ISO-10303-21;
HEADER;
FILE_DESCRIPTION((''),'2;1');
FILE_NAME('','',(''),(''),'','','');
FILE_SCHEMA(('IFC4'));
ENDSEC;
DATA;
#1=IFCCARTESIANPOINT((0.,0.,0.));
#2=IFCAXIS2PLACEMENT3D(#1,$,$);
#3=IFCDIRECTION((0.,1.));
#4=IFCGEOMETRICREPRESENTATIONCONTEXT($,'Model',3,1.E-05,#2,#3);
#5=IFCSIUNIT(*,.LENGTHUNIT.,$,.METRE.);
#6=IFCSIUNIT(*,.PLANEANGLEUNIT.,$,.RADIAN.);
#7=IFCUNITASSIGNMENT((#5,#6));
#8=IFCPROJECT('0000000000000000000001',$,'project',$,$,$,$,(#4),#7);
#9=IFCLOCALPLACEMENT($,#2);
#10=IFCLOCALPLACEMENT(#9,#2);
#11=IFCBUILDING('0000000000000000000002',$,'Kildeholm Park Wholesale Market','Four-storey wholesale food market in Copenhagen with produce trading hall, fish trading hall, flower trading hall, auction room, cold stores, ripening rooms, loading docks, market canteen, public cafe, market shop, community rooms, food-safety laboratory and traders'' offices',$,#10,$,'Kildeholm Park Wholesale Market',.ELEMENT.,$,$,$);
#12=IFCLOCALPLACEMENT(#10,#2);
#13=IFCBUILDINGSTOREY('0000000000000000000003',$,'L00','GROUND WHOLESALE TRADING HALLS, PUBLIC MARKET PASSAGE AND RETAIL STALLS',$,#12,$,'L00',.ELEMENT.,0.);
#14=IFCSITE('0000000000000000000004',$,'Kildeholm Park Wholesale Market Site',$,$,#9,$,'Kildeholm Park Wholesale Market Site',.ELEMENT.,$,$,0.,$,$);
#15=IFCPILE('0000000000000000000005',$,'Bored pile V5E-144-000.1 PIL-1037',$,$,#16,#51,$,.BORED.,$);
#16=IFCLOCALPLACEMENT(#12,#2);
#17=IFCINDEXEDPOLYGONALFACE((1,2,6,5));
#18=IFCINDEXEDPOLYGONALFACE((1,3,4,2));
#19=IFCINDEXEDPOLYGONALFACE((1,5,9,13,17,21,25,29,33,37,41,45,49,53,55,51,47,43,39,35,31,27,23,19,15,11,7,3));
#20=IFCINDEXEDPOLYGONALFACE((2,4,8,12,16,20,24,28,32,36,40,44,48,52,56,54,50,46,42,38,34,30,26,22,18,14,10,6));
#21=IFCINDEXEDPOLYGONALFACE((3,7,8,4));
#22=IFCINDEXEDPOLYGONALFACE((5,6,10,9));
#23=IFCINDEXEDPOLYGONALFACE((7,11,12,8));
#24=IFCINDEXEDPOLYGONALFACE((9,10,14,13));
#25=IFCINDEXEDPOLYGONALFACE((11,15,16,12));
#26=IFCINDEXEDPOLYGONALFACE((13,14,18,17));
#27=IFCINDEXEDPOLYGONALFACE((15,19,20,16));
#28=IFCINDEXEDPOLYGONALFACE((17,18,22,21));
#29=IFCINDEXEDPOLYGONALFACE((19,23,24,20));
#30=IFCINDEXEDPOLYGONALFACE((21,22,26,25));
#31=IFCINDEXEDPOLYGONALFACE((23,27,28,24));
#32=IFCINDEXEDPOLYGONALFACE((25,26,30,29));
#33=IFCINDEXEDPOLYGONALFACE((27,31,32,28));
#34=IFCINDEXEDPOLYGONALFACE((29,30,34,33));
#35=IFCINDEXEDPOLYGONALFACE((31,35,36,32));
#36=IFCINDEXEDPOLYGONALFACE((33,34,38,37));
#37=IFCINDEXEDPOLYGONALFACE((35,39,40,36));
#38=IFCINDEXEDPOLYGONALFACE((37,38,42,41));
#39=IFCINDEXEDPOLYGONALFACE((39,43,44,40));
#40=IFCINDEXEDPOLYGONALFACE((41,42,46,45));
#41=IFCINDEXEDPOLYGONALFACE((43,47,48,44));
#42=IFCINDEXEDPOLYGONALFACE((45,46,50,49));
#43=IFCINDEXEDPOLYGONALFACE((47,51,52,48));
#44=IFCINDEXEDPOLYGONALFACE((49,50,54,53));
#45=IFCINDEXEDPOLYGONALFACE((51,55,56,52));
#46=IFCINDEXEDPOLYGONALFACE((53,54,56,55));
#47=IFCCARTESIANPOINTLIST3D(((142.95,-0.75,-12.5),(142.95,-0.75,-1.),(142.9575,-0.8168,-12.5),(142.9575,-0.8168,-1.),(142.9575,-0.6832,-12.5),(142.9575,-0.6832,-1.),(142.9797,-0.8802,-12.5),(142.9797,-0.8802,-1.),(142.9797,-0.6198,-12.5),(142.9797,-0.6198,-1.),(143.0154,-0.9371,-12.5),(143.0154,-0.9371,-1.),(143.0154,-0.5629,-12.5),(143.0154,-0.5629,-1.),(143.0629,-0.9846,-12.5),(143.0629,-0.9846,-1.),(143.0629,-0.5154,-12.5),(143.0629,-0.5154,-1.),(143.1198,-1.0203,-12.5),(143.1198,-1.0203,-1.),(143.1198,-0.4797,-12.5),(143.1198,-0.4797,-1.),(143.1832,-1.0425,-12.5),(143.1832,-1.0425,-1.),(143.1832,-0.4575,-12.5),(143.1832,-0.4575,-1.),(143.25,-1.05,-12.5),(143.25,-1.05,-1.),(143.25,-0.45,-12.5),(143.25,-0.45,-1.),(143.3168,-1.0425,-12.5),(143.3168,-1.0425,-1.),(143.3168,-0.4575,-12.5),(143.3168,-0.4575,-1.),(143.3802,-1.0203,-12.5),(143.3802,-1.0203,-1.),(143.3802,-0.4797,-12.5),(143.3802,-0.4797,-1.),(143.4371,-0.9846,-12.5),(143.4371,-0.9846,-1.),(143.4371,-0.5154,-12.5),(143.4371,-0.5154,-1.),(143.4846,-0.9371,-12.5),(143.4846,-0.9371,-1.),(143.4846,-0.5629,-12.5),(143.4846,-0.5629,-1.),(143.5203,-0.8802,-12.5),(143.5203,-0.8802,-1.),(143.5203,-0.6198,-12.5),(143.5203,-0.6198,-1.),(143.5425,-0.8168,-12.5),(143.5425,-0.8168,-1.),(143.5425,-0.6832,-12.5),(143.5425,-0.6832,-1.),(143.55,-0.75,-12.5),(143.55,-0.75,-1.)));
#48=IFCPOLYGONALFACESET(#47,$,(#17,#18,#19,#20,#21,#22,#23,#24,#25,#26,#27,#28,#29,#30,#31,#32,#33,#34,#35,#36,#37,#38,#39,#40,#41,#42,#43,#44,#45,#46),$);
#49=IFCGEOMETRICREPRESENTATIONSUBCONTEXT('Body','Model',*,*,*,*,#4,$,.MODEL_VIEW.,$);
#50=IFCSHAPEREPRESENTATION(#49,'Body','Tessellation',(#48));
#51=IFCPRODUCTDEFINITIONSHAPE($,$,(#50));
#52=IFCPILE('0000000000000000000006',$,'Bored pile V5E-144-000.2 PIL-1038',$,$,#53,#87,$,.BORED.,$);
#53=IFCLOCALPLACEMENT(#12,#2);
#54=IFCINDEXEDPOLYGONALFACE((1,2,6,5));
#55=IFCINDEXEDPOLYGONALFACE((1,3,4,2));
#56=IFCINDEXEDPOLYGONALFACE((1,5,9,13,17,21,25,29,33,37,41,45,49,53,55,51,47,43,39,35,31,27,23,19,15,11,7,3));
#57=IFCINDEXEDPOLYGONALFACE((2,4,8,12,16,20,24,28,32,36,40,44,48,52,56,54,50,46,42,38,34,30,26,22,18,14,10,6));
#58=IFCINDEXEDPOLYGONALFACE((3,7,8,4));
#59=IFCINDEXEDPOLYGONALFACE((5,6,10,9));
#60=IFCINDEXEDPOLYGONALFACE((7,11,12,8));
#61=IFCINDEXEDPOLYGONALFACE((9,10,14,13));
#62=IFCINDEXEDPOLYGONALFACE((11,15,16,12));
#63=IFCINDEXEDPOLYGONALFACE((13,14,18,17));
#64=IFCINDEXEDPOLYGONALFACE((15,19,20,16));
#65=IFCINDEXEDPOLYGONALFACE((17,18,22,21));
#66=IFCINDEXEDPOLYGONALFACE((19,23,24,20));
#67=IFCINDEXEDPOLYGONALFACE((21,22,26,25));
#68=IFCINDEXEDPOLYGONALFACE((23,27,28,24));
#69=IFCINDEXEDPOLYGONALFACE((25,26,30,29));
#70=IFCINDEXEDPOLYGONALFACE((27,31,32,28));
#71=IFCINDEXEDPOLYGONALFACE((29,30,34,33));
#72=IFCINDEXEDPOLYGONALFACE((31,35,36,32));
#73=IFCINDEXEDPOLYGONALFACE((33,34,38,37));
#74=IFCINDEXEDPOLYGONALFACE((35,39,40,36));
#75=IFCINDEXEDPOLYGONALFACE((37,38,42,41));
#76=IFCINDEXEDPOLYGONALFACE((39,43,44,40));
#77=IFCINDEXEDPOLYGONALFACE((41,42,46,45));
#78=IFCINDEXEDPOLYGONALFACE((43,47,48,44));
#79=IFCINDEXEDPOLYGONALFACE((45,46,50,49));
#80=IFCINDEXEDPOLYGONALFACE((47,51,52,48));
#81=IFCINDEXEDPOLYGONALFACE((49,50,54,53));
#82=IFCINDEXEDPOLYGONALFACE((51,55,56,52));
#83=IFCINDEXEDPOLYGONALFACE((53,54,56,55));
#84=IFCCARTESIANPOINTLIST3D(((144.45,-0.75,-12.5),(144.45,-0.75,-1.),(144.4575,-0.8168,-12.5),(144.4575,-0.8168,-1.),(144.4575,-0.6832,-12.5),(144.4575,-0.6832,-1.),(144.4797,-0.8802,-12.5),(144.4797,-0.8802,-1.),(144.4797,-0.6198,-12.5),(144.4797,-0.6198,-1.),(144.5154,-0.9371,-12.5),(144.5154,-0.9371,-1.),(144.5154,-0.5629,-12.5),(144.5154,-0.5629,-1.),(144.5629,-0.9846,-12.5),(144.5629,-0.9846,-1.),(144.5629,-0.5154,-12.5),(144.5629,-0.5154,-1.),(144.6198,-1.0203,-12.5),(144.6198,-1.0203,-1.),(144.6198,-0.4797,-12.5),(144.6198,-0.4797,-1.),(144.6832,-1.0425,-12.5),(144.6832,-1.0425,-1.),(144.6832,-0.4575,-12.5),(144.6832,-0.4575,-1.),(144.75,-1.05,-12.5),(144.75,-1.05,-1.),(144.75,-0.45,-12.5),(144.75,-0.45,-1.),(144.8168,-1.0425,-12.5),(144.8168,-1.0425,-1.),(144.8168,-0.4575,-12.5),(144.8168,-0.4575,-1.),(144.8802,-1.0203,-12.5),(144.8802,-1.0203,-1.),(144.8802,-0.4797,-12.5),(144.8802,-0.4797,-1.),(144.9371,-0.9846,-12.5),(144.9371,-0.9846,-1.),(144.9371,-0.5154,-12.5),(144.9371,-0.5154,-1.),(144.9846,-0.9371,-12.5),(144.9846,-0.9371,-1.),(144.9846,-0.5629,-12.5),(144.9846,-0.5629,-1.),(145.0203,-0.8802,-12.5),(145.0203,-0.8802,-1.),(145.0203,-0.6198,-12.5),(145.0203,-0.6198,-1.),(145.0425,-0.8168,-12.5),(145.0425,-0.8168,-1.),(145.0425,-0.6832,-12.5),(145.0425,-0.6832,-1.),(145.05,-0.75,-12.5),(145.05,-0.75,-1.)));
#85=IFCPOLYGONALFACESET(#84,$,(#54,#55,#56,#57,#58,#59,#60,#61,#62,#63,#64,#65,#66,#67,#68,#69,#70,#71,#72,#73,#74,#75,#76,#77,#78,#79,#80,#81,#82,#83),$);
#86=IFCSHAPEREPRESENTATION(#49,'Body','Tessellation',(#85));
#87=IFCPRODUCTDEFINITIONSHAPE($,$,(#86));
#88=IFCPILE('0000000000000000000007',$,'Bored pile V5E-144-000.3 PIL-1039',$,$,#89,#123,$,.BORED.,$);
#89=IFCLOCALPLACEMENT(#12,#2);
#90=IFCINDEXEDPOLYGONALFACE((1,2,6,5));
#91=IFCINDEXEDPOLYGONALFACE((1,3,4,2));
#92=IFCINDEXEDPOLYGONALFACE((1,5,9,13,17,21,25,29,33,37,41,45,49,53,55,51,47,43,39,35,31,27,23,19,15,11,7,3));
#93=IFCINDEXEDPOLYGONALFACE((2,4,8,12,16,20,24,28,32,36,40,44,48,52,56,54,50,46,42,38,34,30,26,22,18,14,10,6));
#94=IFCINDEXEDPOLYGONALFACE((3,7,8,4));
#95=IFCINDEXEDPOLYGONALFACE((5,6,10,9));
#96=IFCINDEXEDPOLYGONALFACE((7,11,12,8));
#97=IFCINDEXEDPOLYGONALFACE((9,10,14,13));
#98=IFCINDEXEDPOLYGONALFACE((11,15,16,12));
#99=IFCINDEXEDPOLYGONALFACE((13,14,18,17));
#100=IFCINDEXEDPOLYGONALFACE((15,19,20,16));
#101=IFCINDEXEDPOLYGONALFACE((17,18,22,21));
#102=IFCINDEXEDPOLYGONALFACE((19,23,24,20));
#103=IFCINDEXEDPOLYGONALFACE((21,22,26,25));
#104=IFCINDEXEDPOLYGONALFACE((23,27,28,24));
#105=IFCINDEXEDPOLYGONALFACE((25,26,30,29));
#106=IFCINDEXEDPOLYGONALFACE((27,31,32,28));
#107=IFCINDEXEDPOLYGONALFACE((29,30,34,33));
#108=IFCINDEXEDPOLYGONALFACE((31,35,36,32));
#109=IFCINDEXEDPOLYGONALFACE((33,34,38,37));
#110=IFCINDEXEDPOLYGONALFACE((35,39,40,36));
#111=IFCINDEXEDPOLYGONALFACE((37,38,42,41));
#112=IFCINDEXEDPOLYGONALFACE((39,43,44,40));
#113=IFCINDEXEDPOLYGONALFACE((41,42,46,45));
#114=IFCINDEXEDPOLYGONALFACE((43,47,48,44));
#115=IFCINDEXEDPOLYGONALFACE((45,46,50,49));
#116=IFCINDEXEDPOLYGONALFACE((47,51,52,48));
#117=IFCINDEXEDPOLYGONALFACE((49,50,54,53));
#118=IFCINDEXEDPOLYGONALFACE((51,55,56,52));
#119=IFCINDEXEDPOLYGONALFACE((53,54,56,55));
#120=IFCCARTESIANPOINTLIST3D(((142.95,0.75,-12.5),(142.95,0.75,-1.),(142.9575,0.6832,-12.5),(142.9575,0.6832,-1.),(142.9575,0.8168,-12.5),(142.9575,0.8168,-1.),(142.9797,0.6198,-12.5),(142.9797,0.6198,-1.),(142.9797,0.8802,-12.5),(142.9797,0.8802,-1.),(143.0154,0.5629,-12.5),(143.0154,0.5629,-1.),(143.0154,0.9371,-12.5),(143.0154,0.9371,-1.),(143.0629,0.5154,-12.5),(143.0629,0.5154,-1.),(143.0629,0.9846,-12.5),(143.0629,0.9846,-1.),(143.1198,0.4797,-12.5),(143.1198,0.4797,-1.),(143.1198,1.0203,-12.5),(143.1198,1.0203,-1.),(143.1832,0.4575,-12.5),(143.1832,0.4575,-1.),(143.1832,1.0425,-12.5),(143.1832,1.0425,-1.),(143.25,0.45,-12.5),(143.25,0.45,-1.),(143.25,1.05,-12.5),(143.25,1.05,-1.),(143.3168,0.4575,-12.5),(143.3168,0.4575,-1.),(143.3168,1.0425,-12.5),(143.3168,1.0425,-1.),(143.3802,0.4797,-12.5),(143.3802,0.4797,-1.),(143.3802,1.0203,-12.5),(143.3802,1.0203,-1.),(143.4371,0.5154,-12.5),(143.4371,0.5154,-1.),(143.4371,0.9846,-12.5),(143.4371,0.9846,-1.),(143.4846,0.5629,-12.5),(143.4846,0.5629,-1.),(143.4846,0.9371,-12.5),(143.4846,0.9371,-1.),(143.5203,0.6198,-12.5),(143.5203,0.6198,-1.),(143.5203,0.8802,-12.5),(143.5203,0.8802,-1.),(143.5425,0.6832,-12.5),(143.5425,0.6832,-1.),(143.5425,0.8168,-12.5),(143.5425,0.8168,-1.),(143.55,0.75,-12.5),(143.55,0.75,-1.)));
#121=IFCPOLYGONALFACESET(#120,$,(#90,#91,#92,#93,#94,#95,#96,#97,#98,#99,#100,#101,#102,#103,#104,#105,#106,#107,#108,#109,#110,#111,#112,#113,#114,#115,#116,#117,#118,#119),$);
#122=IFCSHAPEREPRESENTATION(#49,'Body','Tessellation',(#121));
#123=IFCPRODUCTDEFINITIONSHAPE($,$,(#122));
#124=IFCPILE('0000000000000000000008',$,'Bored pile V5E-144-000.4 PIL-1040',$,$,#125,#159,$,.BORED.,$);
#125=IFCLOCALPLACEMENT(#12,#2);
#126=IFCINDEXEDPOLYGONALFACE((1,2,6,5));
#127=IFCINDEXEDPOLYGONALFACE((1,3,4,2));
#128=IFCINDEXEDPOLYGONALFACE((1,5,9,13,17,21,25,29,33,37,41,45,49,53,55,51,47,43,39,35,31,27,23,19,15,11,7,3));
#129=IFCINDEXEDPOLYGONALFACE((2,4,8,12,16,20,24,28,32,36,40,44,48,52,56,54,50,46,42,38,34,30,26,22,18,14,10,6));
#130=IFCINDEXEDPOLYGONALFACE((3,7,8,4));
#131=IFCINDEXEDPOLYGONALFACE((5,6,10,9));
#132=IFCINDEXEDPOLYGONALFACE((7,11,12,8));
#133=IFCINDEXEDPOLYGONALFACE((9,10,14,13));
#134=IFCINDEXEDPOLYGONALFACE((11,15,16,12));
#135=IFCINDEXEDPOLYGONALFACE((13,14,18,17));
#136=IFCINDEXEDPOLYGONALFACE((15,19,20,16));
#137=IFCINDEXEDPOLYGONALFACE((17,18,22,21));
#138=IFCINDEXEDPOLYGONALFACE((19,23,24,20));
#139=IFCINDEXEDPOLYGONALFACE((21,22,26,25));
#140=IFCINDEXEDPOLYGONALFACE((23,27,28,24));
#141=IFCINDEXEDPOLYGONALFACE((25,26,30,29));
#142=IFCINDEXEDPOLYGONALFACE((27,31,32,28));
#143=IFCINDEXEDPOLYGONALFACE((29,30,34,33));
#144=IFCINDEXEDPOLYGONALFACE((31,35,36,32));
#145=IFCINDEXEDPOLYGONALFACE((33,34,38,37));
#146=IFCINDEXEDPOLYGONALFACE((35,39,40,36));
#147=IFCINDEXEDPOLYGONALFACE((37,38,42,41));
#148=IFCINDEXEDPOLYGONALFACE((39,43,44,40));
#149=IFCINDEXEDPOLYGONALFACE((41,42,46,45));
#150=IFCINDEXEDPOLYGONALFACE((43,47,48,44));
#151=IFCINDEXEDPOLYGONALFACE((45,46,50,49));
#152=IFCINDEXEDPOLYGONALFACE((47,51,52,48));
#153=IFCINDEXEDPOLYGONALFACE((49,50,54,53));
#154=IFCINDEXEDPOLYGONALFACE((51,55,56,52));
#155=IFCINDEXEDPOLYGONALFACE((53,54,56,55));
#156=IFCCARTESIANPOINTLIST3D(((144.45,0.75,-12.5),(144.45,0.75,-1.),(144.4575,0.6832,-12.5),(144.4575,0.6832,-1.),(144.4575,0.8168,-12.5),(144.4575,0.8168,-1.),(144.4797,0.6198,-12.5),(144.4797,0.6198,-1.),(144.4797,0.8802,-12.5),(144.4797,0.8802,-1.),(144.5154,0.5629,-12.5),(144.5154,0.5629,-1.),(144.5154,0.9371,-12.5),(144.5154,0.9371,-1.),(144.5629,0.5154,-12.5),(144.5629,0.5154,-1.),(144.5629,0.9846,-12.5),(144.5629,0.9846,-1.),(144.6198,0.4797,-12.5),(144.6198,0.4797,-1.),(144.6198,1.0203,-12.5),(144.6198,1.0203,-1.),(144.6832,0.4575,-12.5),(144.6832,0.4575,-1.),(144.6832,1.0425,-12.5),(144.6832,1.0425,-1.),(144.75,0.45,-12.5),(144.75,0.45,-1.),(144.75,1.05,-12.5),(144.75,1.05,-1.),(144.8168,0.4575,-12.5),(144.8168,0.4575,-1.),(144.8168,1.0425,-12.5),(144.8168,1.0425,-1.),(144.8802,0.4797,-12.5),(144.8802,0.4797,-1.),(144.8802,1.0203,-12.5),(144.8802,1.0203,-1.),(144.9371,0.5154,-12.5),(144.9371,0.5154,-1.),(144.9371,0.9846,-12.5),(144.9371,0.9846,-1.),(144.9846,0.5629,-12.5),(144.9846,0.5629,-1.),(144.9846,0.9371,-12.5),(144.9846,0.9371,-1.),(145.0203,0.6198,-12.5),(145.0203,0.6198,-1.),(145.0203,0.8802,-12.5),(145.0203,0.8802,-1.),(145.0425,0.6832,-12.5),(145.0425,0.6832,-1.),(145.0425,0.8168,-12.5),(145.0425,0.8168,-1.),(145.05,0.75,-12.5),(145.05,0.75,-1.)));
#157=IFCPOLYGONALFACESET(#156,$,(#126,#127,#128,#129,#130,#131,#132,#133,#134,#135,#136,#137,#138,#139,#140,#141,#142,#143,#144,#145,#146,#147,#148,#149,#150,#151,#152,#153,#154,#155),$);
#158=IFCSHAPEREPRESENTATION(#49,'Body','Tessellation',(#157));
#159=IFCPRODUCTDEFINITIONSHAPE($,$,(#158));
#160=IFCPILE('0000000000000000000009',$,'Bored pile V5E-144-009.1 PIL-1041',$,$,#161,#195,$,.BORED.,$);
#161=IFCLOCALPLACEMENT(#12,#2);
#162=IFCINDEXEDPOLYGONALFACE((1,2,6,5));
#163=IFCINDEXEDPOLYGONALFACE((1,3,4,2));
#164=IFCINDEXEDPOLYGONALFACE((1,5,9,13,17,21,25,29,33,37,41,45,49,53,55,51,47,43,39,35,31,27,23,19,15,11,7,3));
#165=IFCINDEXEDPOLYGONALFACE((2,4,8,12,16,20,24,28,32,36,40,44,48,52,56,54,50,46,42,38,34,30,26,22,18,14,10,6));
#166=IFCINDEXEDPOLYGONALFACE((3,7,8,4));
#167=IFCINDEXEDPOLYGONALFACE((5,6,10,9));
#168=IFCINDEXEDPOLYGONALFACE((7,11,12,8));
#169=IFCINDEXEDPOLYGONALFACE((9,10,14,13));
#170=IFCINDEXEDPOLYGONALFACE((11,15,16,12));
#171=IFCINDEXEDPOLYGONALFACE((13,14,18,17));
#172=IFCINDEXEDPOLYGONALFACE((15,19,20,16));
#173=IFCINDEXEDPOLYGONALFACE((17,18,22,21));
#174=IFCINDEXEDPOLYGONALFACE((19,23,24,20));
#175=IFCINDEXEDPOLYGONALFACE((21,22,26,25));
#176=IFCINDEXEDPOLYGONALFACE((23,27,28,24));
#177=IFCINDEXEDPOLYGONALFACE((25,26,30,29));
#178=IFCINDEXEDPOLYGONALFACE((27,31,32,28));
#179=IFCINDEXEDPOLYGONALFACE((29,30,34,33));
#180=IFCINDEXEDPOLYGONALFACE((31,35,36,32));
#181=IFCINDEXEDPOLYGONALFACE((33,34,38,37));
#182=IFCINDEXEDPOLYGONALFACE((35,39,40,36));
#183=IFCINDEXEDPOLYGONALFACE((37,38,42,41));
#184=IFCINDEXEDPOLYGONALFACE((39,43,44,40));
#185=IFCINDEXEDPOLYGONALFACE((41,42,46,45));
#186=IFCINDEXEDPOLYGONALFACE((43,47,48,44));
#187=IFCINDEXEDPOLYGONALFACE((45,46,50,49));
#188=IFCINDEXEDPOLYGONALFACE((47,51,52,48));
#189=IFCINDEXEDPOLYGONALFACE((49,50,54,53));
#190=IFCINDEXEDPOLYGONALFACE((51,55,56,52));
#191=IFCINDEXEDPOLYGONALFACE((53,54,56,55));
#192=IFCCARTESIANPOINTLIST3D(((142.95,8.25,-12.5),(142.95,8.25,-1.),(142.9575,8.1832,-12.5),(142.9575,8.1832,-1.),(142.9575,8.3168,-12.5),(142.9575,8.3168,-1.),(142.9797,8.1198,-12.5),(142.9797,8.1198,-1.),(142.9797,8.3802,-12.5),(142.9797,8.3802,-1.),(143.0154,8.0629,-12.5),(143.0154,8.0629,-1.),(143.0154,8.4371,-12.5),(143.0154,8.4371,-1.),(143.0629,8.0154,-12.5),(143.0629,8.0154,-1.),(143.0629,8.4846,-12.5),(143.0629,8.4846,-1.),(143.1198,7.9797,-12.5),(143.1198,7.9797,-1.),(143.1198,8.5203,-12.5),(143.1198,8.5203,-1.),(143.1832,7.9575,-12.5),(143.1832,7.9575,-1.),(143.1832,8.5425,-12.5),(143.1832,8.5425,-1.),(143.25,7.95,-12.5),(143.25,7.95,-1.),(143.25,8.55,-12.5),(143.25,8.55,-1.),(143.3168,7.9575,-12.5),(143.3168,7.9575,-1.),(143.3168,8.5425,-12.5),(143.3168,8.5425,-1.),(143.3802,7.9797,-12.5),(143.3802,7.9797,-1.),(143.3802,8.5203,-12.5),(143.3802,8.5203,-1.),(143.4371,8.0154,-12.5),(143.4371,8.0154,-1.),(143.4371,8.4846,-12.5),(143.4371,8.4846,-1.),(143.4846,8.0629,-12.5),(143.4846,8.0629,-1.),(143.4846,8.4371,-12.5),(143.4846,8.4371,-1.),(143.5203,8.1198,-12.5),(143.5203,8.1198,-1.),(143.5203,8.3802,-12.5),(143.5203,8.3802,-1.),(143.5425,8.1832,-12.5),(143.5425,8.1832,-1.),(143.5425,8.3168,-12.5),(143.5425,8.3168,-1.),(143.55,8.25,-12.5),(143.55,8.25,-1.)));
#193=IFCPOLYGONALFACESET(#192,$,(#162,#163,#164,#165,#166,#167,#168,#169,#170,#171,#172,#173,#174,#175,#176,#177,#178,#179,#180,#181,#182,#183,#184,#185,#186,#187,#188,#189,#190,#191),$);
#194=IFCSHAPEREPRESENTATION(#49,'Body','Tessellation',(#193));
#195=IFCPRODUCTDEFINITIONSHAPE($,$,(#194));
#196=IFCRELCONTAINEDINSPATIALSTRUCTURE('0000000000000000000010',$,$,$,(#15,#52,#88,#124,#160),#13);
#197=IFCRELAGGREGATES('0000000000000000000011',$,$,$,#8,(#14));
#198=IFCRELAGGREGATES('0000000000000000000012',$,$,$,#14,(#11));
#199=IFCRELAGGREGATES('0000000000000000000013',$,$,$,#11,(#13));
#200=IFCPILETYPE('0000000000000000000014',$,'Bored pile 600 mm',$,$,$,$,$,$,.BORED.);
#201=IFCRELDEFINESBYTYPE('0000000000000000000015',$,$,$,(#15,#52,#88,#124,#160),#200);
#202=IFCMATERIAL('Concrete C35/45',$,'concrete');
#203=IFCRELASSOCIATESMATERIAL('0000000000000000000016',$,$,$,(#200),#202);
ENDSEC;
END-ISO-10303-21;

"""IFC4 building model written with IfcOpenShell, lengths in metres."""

from ifc_helpers import new_model, si_unit, direction, frame, origin, origin_2d, place, context, subcontext, project, spatial, circle, extrude, material, material_profile, profile_set, type_object, element, save


model = new_model("IFC4")

# Units and contexts
model_context = context("Model", 3, precision=1e-05, world=origin(), true_north=direction((0.0, 1.0)))
body_context = subcontext(model_context, "Body", "Model", "MODEL_VIEW")
ifc_project = project(units=[si_unit("LENGTHUNIT", "METRE"), si_unit("PLANEANGLEUNIT", "RADIAN")], contexts=[model_context])

# Site, building, storey
site_placement = place(None, origin())
site = spatial("IfcSite", under=ifc_project, at=site_placement, Name="Kildeholm Park Wholesale Market Site", LongName="Kildeholm Park Wholesale Market Site", CompositionType="ELEMENT", RefElevation=0.0)
building_placement = place(site_placement, origin())
building = spatial("IfcBuilding", under=site, at=building_placement, Name="Kildeholm Park Wholesale Market", Description="Four-storey wholesale food market in Copenhagen with produce trading hall, fish trading hall, flower trading hall, auction room, cold stores, ripening rooms, loading docks, market canteen, public cafe, market shop, community rooms, food-safety laboratory and traders' offices", LongName="Kildeholm Park Wholesale Market", CompositionType="ELEMENT")
storey_placement = place(building_placement, origin())
storey = spatial("IfcBuildingStorey", under=building, at=storey_placement, Name="L00", Description="GROUND WHOLESALE TRADING HALLS, PUBLIC MARKET PASSAGE AND RETAIL STALLS", LongName="L00", CompositionType="ELEMENT", Elevation=0.0)

# Piles
ifc_material_1 = material(Name="Concrete C35/45", Category="concrete")
ifc_material_profile_1 = material_profile(ifc_material_1, circle(Radius=0.3, at=origin_2d()), Name="PILE D600")
ifc_profile_set_1 = profile_set([ifc_material_profile_1], Name="Concrete C35/45")
pile_type = type_object("IfcPileType", Name="Bored pile 600 mm", PredefinedType="BORED", material=ifc_profile_set_1)
for number, where, z_axis, x_axis, name in (
    (1, (143.25, -0.75, -1.0), (0.0, 0.0, -1.0), (1.0, 0.0, 0.0), "Bored pile V5E-144-000.1 PIL-1037"),
    (2, (144.75, -0.75, -1.0), (0.0, 0.0, -1.0), (1.0, 0.0, 0.0), "Bored pile V5E-144-000.2 PIL-1038"),
    (3, (143.25, 0.75, -1.0), (0.0, 0.0, -1.0), (1.0, 0.0, 0.0), "Bored pile V5E-144-000.3 PIL-1039"),
    (4, (144.75, 0.75, -1.0), (0.0, 0.0, -1.0), (1.0, 0.0, 0.0), "Bored pile V5E-144-000.4 PIL-1040"),
    (5, (143.25, 8.25, -1.0), (0.0, 0.0, -1.0), (1.0, 0.0, 0.0), "Bored pile V5E-144-009.1 PIL-1041"),
):
    element("IfcPile", number, at=place(storey_placement, frame(where, z_axis=z_axis, x_axis=x_axis)), inside=storey, type_object=pile_type, Name=name, PredefinedType="BORED", context=body_context, shape_type="SweptSolid", body=[
        extrude(circle(Radius=0.3, at=origin_2d()), origin(), (0.0, 0.0, 1.0), 11.5),
    ])

save(model, "model.ifc")
